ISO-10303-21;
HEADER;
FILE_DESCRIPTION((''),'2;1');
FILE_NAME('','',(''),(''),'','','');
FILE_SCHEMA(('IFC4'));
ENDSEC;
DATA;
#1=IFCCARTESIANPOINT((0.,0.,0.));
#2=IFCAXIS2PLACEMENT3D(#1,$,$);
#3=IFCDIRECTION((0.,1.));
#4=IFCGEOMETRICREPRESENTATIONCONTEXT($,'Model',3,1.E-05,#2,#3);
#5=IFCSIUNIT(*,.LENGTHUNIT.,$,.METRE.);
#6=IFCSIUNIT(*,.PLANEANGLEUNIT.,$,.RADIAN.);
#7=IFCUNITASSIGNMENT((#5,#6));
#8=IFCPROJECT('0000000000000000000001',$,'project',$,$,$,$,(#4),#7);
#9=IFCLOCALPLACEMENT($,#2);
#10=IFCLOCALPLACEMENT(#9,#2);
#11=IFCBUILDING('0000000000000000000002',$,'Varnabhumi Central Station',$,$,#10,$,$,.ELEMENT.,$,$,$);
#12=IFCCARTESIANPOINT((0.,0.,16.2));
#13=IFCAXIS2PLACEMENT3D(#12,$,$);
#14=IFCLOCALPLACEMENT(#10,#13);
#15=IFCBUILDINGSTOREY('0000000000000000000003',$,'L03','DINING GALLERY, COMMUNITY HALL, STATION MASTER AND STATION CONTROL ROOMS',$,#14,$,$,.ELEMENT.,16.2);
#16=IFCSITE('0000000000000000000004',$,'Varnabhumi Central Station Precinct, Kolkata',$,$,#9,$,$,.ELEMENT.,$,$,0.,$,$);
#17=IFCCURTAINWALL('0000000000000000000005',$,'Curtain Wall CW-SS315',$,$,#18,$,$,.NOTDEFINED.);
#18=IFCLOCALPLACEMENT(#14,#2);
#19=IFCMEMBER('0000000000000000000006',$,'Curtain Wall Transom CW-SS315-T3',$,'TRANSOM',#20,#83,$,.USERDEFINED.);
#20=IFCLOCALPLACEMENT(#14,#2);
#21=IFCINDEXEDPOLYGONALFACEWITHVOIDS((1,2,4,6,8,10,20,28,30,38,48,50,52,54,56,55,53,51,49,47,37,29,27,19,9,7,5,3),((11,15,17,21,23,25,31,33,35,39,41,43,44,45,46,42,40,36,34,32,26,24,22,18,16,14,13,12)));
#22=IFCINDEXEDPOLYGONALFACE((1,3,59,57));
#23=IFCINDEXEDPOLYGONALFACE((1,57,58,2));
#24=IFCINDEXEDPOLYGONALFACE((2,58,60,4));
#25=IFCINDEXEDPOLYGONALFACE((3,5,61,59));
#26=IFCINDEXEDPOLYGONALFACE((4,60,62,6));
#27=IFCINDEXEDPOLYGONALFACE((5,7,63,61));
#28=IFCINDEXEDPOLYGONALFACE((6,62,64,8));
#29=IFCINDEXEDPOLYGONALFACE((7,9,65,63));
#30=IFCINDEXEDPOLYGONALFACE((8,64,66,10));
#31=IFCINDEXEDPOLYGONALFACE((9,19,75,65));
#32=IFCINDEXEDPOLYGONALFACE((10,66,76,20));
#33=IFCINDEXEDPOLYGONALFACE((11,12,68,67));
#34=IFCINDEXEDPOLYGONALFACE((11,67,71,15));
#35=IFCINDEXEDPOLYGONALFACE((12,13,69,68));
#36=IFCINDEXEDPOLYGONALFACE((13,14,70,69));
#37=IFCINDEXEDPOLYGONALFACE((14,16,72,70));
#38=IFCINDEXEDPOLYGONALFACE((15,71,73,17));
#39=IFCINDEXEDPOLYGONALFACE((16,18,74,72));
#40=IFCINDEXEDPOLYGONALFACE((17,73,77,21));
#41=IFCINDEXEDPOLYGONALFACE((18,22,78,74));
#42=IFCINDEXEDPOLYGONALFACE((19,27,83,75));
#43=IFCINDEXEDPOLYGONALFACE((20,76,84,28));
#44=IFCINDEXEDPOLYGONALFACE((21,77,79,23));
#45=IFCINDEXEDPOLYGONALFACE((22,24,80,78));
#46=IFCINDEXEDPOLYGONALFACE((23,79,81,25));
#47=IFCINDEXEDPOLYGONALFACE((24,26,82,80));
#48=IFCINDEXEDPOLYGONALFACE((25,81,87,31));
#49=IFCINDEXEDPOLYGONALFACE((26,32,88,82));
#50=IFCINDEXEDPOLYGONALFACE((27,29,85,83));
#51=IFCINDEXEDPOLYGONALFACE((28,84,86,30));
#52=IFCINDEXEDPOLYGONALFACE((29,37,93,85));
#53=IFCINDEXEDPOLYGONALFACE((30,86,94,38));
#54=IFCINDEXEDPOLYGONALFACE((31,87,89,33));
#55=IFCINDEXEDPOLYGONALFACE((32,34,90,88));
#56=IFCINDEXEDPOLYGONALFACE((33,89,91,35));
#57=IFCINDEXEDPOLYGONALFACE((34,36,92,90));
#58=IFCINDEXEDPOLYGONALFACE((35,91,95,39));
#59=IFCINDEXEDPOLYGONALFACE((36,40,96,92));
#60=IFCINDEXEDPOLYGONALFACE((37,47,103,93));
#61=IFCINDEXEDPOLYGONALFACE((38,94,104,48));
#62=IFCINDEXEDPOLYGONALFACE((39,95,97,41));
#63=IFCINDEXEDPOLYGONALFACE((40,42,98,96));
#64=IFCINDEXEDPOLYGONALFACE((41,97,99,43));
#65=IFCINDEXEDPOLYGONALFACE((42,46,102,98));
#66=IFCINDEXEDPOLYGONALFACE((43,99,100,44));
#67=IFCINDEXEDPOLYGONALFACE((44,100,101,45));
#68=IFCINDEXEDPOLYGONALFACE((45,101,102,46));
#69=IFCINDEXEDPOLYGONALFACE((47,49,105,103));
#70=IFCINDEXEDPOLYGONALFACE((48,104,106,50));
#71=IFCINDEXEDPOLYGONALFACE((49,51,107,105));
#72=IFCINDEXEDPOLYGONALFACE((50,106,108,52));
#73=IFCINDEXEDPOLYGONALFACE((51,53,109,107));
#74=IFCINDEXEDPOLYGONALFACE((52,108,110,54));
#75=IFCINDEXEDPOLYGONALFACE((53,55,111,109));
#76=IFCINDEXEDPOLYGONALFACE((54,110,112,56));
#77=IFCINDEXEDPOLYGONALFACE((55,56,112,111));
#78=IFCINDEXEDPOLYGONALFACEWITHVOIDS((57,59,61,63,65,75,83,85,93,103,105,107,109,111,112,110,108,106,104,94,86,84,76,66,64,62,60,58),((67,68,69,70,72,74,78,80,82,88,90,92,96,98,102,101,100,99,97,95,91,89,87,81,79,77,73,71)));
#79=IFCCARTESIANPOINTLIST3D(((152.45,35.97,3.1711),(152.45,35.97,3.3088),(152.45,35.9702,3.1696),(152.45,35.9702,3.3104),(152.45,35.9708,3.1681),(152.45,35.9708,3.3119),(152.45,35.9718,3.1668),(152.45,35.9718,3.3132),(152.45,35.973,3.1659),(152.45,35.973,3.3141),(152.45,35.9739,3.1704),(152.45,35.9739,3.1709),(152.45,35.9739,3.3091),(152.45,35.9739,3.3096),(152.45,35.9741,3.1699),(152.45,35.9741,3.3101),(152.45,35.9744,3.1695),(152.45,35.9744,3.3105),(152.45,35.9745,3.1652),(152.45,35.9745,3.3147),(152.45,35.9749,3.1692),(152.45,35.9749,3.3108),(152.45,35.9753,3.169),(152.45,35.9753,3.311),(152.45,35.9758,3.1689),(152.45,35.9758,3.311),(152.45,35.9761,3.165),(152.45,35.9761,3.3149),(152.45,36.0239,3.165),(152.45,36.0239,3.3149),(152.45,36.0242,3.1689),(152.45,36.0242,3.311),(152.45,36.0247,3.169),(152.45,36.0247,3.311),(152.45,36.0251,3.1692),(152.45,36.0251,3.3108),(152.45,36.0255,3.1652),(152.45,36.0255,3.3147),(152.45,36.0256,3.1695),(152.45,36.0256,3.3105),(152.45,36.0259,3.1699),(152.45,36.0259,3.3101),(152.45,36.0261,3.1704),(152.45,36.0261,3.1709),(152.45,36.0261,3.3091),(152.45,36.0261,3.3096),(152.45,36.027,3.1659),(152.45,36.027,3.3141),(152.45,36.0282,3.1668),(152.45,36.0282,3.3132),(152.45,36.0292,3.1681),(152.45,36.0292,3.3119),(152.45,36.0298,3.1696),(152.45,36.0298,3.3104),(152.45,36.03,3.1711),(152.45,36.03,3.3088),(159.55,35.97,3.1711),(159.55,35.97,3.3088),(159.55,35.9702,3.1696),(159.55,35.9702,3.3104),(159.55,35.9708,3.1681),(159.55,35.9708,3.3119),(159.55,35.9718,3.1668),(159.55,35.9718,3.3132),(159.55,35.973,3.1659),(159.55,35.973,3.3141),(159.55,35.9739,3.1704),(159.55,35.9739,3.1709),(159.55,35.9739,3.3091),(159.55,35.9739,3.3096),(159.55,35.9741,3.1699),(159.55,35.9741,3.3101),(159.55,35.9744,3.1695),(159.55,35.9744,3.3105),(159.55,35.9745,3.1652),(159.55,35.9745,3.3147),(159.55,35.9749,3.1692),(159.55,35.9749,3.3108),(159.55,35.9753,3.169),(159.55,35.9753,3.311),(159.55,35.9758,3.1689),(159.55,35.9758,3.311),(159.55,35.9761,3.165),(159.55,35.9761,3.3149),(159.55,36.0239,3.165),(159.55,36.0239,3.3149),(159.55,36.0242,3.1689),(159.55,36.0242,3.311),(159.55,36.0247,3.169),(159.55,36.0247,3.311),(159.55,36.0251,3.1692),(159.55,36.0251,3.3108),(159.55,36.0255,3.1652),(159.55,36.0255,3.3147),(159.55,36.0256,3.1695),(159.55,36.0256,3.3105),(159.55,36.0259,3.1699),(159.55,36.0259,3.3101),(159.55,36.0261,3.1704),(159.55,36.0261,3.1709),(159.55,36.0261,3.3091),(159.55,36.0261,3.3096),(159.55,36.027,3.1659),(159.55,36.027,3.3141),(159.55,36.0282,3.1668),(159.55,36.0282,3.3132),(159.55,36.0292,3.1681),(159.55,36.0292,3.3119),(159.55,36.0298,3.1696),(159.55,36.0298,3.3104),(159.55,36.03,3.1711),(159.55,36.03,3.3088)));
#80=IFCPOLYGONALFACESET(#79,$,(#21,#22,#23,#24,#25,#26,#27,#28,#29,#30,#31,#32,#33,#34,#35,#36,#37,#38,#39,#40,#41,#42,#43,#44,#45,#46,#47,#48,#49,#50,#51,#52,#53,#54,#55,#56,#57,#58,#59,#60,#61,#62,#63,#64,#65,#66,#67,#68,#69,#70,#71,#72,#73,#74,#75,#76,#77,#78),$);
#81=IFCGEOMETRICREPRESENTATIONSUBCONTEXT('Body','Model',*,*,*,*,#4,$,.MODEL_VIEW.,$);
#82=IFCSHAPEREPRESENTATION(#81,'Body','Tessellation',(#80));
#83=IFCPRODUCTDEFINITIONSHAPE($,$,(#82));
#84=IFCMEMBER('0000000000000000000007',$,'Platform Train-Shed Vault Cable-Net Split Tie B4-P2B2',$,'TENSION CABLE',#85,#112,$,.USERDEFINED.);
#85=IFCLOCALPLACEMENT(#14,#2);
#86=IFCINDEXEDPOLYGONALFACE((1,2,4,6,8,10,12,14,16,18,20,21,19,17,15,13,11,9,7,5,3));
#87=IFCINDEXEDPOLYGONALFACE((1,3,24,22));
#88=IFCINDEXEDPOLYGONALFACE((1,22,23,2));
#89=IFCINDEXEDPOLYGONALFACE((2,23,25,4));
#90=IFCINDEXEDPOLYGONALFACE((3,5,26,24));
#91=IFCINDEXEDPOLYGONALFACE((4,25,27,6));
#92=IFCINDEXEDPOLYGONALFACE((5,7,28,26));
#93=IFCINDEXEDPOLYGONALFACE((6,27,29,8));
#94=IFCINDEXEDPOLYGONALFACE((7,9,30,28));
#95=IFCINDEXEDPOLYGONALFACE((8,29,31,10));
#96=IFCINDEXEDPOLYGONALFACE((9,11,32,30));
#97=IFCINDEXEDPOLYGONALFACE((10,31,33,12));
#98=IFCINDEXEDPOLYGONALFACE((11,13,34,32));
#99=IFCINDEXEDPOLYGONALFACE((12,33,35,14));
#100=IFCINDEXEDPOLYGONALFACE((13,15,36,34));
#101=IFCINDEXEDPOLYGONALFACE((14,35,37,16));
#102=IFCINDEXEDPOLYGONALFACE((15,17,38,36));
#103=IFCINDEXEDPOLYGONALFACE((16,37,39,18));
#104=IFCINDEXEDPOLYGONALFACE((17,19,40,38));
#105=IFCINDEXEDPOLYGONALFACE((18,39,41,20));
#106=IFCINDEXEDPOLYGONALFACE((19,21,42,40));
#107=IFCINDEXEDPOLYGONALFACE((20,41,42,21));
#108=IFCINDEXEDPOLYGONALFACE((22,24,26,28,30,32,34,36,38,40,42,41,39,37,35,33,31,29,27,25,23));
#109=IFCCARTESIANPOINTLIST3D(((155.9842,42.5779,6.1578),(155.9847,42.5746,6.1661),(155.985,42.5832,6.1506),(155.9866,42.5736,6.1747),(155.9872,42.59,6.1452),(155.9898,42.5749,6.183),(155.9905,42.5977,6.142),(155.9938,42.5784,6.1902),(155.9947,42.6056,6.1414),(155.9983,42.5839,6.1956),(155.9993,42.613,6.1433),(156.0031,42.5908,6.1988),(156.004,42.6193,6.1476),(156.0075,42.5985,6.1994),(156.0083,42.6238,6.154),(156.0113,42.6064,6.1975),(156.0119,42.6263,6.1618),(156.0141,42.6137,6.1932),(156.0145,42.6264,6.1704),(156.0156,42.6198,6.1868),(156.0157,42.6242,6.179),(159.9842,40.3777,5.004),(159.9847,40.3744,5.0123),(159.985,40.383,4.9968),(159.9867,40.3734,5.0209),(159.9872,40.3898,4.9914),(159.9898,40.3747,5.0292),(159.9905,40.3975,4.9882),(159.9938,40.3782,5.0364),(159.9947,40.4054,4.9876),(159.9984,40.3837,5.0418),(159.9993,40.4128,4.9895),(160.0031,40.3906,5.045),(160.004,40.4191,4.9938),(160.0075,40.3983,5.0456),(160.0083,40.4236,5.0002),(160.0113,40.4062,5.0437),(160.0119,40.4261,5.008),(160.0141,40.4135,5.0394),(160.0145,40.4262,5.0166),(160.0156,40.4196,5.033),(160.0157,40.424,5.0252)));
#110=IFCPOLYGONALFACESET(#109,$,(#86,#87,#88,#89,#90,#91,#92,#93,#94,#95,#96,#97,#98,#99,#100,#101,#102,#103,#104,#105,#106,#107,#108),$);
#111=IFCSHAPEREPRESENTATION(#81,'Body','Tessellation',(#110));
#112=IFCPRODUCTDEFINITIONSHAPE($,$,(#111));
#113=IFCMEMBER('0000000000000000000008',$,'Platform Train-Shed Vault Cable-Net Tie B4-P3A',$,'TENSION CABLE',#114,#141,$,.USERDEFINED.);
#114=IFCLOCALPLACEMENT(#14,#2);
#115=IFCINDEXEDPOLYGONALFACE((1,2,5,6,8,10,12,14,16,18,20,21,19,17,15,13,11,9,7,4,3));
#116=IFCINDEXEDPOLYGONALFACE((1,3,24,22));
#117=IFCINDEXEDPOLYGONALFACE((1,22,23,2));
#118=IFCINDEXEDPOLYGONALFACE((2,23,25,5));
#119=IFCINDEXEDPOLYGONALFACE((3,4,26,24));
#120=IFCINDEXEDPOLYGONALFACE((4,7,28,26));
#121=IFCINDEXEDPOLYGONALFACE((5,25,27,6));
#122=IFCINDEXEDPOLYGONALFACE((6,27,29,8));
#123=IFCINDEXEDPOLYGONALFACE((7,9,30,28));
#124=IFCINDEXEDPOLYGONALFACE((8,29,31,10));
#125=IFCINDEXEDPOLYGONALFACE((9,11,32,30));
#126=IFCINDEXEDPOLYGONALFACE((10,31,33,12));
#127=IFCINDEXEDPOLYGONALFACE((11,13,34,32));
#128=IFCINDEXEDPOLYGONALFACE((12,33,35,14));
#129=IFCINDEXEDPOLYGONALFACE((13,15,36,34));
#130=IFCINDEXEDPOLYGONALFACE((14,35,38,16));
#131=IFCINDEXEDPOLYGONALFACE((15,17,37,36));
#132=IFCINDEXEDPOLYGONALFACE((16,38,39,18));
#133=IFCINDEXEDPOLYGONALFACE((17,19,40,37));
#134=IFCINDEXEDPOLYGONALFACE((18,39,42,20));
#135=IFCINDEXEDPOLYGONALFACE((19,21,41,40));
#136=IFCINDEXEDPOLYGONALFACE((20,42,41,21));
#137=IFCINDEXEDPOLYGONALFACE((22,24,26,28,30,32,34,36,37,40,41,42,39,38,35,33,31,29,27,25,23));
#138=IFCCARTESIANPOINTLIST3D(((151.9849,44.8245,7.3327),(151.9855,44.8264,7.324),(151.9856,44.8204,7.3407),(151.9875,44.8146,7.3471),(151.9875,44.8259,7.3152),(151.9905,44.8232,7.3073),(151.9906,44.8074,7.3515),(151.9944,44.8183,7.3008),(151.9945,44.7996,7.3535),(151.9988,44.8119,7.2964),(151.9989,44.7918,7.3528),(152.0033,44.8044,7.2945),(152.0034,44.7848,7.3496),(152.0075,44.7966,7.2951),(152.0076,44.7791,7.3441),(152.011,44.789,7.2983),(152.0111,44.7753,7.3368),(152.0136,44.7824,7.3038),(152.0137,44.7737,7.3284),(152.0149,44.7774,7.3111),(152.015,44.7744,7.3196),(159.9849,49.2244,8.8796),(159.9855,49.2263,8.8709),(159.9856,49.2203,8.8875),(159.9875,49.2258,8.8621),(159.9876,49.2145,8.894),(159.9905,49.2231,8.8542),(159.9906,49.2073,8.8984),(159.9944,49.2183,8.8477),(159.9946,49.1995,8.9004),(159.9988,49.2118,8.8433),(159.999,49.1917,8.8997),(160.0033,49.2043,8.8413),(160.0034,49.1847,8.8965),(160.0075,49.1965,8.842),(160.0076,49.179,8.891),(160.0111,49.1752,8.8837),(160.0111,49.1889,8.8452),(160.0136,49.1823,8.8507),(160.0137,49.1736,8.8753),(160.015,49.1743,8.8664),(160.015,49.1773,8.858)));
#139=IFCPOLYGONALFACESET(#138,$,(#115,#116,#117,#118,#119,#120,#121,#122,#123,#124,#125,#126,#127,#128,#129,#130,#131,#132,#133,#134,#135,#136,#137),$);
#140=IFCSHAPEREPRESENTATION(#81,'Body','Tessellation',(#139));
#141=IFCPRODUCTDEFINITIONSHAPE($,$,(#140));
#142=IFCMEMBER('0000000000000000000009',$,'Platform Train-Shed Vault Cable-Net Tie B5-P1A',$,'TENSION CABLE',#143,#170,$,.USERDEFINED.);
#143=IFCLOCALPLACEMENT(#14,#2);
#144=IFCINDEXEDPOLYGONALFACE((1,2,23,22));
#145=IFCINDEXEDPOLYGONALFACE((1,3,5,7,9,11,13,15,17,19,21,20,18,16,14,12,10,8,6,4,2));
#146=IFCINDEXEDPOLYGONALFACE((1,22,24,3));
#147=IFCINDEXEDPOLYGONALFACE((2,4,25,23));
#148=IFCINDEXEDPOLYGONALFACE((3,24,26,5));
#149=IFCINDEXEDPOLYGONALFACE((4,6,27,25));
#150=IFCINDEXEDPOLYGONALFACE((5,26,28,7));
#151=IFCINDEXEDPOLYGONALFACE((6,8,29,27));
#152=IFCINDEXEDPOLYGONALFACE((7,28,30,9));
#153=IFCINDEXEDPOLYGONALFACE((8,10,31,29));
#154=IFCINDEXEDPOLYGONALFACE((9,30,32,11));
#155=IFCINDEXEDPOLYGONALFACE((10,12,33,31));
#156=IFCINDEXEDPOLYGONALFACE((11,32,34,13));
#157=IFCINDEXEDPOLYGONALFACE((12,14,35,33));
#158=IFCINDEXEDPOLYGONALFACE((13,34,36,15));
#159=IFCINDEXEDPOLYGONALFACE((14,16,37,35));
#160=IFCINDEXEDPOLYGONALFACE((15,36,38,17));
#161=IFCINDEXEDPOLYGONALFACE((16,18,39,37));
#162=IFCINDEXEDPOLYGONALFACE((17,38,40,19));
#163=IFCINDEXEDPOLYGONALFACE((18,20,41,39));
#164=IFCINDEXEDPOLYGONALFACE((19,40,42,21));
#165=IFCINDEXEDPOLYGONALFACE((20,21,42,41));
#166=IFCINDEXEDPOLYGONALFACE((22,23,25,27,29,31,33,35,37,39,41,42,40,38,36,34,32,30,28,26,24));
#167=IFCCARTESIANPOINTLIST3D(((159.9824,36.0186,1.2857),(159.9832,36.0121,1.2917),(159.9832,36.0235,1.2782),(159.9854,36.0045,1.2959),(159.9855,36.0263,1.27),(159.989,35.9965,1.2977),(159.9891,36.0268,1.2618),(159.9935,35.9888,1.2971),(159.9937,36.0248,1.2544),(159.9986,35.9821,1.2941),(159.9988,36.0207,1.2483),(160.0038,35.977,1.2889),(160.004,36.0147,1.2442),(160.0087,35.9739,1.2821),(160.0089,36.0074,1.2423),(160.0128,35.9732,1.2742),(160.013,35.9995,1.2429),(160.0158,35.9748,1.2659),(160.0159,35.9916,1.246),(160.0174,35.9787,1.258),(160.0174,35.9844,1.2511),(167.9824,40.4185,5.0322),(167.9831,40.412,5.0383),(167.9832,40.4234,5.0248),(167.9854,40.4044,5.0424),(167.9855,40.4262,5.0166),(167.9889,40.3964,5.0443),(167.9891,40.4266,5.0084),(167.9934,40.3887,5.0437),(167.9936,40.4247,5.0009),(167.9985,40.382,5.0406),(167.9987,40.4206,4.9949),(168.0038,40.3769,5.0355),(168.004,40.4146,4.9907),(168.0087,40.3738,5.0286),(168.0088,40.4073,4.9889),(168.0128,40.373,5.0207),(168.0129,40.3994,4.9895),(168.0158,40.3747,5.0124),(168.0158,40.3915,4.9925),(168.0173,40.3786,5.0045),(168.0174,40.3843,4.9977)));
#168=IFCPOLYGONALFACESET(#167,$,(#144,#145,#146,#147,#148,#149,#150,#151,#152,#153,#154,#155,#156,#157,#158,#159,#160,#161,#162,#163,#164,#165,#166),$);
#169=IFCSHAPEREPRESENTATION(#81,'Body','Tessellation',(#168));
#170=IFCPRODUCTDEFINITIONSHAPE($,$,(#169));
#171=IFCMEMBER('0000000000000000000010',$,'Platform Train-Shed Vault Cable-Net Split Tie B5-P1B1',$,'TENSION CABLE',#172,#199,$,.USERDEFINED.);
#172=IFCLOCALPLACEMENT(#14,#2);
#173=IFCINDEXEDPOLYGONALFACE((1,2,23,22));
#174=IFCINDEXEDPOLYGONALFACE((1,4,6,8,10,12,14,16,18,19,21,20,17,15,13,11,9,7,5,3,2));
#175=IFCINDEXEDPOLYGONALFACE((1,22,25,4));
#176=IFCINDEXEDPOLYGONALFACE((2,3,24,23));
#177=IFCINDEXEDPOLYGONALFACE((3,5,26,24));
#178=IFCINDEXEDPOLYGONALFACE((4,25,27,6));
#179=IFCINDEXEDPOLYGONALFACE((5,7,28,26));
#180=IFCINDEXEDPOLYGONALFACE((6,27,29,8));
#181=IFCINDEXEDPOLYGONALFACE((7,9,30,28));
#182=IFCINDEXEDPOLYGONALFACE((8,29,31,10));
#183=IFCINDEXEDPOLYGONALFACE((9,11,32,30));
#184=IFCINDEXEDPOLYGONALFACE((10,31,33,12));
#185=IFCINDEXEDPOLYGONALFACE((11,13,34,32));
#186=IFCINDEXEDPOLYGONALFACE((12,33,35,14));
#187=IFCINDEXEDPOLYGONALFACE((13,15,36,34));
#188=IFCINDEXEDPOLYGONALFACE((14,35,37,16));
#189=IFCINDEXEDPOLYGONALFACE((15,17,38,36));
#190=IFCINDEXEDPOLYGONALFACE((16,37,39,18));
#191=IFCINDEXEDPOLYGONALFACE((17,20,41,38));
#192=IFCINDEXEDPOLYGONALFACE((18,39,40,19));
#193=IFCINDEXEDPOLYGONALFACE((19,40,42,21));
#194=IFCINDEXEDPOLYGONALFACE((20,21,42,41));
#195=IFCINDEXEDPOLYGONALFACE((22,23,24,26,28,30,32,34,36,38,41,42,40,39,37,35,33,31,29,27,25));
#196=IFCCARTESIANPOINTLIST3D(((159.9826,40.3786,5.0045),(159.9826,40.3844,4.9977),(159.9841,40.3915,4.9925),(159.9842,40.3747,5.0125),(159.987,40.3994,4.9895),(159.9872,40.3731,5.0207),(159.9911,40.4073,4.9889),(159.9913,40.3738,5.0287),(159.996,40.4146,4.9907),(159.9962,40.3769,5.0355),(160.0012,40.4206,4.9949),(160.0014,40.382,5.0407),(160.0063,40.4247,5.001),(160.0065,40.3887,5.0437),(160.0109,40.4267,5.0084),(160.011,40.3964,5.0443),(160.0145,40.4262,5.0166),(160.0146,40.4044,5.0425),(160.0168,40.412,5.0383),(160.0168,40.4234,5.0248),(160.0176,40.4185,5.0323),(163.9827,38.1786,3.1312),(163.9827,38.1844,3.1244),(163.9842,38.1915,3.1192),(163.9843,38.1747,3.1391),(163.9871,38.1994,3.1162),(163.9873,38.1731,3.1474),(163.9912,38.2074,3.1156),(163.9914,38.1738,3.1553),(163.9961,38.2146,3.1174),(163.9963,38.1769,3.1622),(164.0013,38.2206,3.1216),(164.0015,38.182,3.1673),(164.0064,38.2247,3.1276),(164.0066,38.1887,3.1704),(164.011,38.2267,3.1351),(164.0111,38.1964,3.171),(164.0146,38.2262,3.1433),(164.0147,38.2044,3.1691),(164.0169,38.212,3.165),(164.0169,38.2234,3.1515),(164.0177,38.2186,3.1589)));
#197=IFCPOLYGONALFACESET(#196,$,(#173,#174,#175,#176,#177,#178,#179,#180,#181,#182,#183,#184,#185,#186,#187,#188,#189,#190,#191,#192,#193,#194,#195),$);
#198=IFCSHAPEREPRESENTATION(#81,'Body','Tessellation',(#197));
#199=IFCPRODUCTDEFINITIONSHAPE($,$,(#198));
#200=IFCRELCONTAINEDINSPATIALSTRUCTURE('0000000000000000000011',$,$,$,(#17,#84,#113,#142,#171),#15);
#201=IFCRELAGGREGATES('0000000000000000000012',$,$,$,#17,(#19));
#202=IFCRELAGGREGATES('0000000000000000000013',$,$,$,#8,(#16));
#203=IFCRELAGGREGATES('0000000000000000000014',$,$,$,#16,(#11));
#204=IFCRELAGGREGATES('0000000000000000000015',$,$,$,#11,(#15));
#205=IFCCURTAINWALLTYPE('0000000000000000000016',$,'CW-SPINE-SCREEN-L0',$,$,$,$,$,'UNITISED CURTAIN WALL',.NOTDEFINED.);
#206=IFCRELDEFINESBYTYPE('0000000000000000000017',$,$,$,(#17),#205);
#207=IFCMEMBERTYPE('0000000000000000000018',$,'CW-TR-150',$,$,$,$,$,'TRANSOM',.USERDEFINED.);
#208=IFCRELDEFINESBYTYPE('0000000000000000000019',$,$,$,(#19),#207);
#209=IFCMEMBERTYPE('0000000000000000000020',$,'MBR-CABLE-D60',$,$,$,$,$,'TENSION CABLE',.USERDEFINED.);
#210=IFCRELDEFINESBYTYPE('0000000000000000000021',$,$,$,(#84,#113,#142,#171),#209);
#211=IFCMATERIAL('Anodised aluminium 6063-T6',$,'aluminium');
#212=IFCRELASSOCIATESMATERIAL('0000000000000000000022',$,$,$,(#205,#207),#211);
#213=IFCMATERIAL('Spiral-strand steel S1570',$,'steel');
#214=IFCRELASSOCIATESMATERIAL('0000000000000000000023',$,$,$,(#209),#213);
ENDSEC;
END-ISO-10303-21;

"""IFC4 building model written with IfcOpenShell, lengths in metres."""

from ifc_helpers import new_model, si_unit, direction, frame, origin, origin_2d, place, context, subcontext, project, spatial, hollow_rectangle, circle, extrude, material, material_profile, profile_set, type_object, element, aggregate, save


model = new_model("IFC4")

# Units and contexts
model_context = context("Model", 3, precision=1e-05, world=origin(), true_north=direction((0.0, 1.0)))
body_context = subcontext(model_context, "Body", "Model", "MODEL_VIEW")
ifc_project = project(units=[si_unit("LENGTHUNIT", "METRE"), si_unit("PLANEANGLEUNIT", "RADIAN")], contexts=[model_context])

# Site, building, storey
site_placement = place(None, origin())
site = spatial("IfcSite", under=ifc_project, at=site_placement, Name="Varnabhumi Central Station Precinct, Kolkata", CompositionType="ELEMENT", RefElevation=0.0)
building_placement = place(site_placement, origin())
building = spatial("IfcBuilding", under=site, at=building_placement, Name="Varnabhumi Central Station", CompositionType="ELEMENT")
storey_placement = place(building_placement, frame((0.0, 0.0, 16.2)))
storey = spatial("IfcBuildingStorey", under=building, at=storey_placement, Name="L03", Description="DINING GALLERY, COMMUNITY HALL, STATION MASTER AND STATION CONTROL ROOMS", CompositionType="ELEMENT", Elevation=16.2)

# Curtain wall, member
ifc_material_1 = material(Name="Anodised aluminium 6063-T6", Category="aluminium")
curtain_wall_type = type_object("IfcCurtainWallType", Name="CW-SPINE-SCREEN-L0", ElementType="UNITISED CURTAIN WALL", PredefinedType="NOTDEFINED", material=ifc_material_1)
curtain_wall_placement = place(storey_placement, origin())
curtain_wall = element("IfcCurtainWall", 1, at=curtain_wall_placement, inside=storey, type_object=curtain_wall_type, Name="Curtain Wall CW-SS315", PredefinedType="NOTDEFINED")
ifc_material_profile_1 = material_profile(ifc_material_1, hollow_rectangle(XDim=0.0601, YDim=0.1499, WallThickness=0.0039, InnerFilletRadius=0.002, OuterFilletRadius=0.0061, at=origin_2d()), Name="Anodised aluminium 6063-T6", Category="aluminium")
ifc_profile_set_1 = profile_set([ifc_material_profile_1], Name="Anodised aluminium 6063-T6")
member_type_1 = type_object("IfcMemberType", Name="CW-TR-150", ElementType="TRANSOM", PredefinedType="USERDEFINED", material=ifc_profile_set_1)
member_1_placement = place(storey_placement, frame((152.45, 36.0, 3.24), z_axis=(1.0, 0.0, 0.0), x_axis=(0.0, 1.0, 0.0)))
member_1 = element("IfcMember", 2, at=member_1_placement, type_object=member_type_1, Name="Curtain Wall Transom CW-SS315-T3", ObjectType="TRANSOM", PredefinedType="USERDEFINED", context=body_context, shape_type="SweptSolid", body=[
    extrude(hollow_rectangle(XDim=0.0601, YDim=0.1499, WallThickness=0.0039, InnerFilletRadius=0.002, OuterFilletRadius=0.0061, at=origin_2d()), origin(), (0.0, 0.0, 1.0), 7.1001),
])

# Members
ifc_material_2 = material(Name="Spiral-strand steel S1570", Category="steel")
ifc_material_profile_2 = material_profile(ifc_material_2, circle(Radius=0.03, at=origin_2d()), Name="Spiral-strand steel S1570", Category="steel")
ifc_profile_set_2 = profile_set([ifc_material_profile_2], Name="Spiral-strand steel S1570")
member_type_2 = type_object("IfcMemberType", Name="MBR-CABLE-D60", ElementType="TENSION CABLE", PredefinedType="USERDEFINED", material=ifc_profile_set_2)
member_2_placement = place(storey_placement, frame((156.0, 42.6001, 6.1704), z_axis=(0.849486, -0.467259, -0.245036), x_axis=(0.481952, 0.876198, 0.0)))
element("IfcMember", 3, at=member_2_placement, inside=storey, type_object=member_type_2, Name="Platform Train-Shed Vault Cable-Net Split Tie B4-P2B2", ObjectType="TENSION CABLE", PredefinedType="USERDEFINED", context=body_context, shape_type="SweptSolid", body=[
    extrude(circle(Radius=0.03, at=origin_2d()), origin(), (0.0, 0.0, 1.0), 4.7087),
])
member_3_placement = place(storey_placement, frame((152.0, 44.8, 7.324), z_axis=(0.863909, 0.475139, 0.167045), x_axis=(-0.481911, 0.87622, 0.0)))
element("IfcMember", 4, at=member_3_placement, inside=storey, type_object=member_type_2, Name="Platform Train-Shed Vault Cable-Net Tie B4-P3A", ObjectType="TENSION CABLE", PredefinedType="USERDEFINED", context=body_context, shape_type="SweptSolid", body=[
    extrude(circle(Radius=0.03, at=origin_2d()), origin(), (0.0, 0.0, 1.0), 9.2603),
])
member_4_placement = place(storey_placement, frame((160.0, 36.0, 1.27), z_axis=(0.810624, 0.445833, 0.379634), x_axis=(-0.481911, 0.87622, 0.0)))
element("IfcMember", 5, at=member_4_placement, inside=storey, type_object=member_type_2, Name="Platform Train-Shed Vault Cable-Net Tie B5-P1A", ObjectType="TENSION CABLE", PredefinedType="USERDEFINED", context=body_context, shape_type="SweptSolid", body=[
    extrude(circle(Radius=0.03, at=origin_2d()), origin(), (0.0, 0.0, 1.0), 9.8689),
])
member_5_placement = place(storey_placement, frame((160.0, 40.3999, 5.0166), z_axis=(0.810624, -0.445833, -0.379634), x_axis=(0.481911, 0.87622, 0.0)))
element("IfcMember", 6, at=member_5_placement, inside=storey, type_object=member_type_2, Name="Platform Train-Shed Vault Cable-Net Split Tie B5-P1B1", ObjectType="TENSION CABLE", PredefinedType="USERDEFINED", context=body_context, shape_type="SweptSolid", body=[
    extrude(circle(Radius=0.03, at=origin_2d()), origin(), (0.0, 0.0, 1.0), 4.9346),
])

aggregate(curtain_wall, [member_1])

save(model, "model.ifc")
